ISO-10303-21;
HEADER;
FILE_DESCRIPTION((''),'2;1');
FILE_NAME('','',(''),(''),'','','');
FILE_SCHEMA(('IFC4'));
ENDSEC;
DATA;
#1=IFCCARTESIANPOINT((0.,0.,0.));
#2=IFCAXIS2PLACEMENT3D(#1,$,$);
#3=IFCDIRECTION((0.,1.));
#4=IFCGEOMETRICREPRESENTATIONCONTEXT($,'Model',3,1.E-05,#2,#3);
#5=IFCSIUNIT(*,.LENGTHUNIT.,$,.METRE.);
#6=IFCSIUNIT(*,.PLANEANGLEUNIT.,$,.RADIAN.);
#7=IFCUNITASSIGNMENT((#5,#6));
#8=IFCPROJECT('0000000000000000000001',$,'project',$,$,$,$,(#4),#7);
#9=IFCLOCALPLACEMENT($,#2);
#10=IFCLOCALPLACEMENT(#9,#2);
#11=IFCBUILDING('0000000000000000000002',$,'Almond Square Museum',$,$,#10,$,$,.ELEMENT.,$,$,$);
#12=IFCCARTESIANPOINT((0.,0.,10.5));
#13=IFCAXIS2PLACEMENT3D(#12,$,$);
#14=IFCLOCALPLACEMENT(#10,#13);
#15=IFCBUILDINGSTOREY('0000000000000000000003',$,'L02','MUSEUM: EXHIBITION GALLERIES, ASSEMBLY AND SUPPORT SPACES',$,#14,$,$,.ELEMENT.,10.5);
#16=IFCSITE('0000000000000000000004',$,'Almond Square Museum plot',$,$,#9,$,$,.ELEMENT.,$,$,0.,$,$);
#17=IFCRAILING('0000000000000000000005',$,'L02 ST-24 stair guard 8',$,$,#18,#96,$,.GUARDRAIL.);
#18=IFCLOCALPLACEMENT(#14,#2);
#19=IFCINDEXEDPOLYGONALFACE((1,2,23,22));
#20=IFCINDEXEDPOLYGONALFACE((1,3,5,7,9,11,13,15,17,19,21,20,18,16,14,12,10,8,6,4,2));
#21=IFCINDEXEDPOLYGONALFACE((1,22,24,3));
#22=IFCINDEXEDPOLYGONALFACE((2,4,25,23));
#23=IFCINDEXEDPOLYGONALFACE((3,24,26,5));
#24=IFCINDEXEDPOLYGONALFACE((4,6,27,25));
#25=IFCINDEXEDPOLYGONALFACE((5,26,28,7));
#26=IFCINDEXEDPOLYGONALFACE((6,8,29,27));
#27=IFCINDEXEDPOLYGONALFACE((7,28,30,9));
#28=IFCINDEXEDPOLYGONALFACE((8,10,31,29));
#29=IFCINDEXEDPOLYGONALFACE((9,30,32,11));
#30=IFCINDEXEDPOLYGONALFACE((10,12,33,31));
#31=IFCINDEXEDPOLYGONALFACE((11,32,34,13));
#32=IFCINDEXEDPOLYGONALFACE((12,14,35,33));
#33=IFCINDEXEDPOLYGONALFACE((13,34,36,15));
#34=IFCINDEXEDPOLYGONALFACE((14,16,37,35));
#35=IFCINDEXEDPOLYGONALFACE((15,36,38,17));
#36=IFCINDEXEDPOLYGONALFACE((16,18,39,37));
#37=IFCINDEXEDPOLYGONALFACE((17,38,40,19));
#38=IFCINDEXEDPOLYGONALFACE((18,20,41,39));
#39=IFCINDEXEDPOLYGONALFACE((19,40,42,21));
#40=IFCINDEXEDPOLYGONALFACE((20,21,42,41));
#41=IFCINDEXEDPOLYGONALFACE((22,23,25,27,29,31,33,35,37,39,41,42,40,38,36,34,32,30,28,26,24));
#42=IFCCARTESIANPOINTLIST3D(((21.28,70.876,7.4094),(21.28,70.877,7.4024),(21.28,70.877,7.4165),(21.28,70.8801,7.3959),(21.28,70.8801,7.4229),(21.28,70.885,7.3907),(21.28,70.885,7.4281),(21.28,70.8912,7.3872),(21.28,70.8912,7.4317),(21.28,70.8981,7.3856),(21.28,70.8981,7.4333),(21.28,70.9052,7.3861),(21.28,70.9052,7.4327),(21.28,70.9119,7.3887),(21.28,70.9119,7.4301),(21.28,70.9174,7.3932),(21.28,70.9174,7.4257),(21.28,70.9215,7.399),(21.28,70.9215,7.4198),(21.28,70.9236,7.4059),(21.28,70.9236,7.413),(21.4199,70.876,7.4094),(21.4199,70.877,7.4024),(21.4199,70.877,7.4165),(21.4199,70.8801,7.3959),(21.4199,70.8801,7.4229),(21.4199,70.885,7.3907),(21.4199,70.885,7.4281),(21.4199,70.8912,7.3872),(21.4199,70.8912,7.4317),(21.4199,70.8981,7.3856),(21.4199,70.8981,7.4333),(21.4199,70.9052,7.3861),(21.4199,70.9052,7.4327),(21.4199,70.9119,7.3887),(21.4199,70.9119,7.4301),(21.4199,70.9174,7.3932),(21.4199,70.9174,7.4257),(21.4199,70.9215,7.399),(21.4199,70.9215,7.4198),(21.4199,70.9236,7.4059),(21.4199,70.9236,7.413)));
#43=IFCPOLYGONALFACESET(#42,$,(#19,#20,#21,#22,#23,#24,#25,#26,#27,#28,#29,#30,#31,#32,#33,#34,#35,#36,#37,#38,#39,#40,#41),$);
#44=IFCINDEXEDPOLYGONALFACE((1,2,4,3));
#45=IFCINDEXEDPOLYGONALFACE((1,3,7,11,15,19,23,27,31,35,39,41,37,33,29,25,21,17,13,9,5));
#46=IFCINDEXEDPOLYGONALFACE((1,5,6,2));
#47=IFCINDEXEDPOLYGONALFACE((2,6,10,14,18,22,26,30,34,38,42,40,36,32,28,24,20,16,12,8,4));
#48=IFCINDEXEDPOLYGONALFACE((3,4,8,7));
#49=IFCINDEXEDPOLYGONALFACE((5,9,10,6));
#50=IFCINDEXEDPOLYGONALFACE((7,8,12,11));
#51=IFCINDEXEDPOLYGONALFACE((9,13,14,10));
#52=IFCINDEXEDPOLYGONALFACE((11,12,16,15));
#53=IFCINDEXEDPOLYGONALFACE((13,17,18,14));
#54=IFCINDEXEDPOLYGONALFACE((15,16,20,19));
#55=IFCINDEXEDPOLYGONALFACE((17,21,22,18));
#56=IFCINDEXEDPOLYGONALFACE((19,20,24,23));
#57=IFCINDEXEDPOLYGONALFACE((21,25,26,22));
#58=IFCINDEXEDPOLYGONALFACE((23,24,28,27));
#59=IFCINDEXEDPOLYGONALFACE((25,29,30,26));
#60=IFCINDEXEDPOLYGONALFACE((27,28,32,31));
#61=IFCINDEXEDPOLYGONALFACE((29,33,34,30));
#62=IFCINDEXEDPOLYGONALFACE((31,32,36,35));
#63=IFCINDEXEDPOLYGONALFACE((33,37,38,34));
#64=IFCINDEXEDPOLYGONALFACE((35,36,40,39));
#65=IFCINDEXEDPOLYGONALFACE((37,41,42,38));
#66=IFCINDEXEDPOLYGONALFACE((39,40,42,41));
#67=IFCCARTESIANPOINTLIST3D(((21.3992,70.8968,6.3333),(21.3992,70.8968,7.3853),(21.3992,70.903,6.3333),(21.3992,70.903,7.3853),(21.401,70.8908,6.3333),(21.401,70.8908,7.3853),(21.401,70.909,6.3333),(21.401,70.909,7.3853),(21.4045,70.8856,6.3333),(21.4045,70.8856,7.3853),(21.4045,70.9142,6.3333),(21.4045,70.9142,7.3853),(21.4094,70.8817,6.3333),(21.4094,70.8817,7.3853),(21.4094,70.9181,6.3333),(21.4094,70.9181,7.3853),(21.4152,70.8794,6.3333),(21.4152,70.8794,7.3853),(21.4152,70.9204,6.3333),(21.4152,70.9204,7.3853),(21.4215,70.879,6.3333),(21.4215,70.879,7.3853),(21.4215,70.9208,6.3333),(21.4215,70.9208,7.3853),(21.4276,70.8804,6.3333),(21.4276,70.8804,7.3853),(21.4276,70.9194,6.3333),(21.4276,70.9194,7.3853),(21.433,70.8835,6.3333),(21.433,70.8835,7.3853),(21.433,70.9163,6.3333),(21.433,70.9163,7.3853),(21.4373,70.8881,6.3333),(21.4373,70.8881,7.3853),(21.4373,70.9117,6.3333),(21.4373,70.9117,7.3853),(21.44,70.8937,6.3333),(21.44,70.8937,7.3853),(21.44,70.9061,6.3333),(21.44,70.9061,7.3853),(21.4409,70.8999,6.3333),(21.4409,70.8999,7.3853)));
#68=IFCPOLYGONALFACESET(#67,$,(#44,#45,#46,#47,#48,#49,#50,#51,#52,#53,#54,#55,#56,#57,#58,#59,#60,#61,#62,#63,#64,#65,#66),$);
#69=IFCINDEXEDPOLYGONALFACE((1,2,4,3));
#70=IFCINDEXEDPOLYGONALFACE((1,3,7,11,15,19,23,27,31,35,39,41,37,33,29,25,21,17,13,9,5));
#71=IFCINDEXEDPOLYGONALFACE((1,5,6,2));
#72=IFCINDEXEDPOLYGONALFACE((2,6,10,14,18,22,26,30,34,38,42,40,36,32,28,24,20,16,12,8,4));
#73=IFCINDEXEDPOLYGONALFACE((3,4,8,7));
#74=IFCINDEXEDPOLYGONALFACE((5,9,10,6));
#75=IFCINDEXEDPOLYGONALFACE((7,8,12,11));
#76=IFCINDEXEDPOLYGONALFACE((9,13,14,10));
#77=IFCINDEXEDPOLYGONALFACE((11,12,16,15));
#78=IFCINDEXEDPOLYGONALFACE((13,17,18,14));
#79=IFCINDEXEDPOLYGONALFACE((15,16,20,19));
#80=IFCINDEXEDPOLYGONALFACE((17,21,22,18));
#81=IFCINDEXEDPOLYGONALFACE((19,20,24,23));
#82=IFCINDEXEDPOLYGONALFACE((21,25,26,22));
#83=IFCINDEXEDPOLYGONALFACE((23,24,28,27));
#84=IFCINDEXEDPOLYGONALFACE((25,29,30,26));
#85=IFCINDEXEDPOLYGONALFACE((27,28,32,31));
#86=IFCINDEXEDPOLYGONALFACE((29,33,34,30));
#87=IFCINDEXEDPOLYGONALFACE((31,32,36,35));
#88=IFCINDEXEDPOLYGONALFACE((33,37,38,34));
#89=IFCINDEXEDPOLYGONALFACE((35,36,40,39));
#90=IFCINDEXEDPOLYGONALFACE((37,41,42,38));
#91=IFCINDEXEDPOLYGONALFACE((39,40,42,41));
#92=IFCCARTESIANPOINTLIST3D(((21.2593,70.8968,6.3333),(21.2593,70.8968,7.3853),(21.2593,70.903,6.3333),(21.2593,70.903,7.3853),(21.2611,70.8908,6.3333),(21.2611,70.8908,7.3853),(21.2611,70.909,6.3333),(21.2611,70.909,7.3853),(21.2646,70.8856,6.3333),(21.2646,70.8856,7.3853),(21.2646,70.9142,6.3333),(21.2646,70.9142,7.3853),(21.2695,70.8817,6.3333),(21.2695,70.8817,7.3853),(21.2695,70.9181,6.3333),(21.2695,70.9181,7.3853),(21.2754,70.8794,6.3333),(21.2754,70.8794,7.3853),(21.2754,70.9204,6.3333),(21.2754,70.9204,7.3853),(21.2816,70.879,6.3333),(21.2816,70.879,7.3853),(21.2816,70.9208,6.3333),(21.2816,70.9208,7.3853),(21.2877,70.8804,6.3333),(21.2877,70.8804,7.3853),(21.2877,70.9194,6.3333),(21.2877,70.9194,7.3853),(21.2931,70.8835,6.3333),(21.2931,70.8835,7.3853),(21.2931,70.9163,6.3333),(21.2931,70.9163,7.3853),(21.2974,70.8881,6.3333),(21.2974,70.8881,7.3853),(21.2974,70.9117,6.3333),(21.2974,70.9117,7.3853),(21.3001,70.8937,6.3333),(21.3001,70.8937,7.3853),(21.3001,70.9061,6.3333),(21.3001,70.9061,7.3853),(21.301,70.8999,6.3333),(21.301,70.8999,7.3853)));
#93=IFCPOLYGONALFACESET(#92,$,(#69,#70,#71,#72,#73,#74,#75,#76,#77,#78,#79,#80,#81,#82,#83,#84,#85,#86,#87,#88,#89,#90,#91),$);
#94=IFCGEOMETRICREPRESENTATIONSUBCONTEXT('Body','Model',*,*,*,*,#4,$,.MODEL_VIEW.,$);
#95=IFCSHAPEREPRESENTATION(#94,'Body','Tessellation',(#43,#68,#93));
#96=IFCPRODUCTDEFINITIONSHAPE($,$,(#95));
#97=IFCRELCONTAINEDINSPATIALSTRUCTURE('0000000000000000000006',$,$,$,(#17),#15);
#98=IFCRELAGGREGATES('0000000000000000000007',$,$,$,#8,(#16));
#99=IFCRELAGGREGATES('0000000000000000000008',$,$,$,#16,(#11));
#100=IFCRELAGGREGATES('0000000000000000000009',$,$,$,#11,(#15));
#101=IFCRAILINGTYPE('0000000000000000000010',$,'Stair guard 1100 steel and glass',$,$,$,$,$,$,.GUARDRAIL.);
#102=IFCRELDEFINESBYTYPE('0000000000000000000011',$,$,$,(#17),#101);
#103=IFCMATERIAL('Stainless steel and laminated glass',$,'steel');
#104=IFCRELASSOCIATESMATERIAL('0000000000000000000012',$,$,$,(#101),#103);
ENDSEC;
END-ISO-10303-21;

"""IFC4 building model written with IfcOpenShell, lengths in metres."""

from ifc_helpers import new_model, si_unit, direction, frame, origin, origin_2d, place, context, subcontext, project, spatial, circle, extrude, material, type_object, element, save


model = new_model("IFC4")

# Units and contexts
model_context = context("Model", 3, precision=1e-05, world=origin(), true_north=direction((0.0, 1.0)))
body_context = subcontext(model_context, "Body", "Model", "MODEL_VIEW")
ifc_project = project(units=[si_unit("LENGTHUNIT", "METRE"), si_unit("PLANEANGLEUNIT", "RADIAN")], contexts=[model_context])

# Site, building, storey
site_placement = place(None, origin())
site = spatial("IfcSite", under=ifc_project, at=site_placement, Name="Almond Square Museum plot", CompositionType="ELEMENT", RefElevation=0.0)
building_placement = place(site_placement, origin())
building = spatial("IfcBuilding", under=site, at=building_placement, Name="Almond Square Museum", CompositionType="ELEMENT")
storey_placement = place(building_placement, frame((0.0, 0.0, 10.5)))
storey = spatial("IfcBuildingStorey", under=building, at=storey_placement, Name="L02", Description="MUSEUM: EXHIBITION GALLERIES, ASSEMBLY AND SUPPORT SPACES", CompositionType="ELEMENT", Elevation=10.5)

# Railing
ifc_material_1 = material(Name="Stainless steel and laminated glass", Category="steel")
railing_type_1 = type_object("IfcRailingType", Name="Stair guard 1100 steel and glass", PredefinedType="GUARDRAIL", material=ifc_material_1)
railing_1_placement = place(storey_placement, frame((21.4199, 70.8999, 6.3333)))
element("IfcRailing", 1, at=railing_1_placement, inside=storey, type_object=railing_type_1, Name="L02 ST-24 stair guard 8", PredefinedType="GUARDRAIL", context=body_context, shape_type="SweptSolid", body=[
    extrude(circle(Radius=0.0239, at=origin_2d()), frame((0.0, 0.0, 1.0762), z_axis=(-1.0, 0.0, 0.0), x_axis=(0.0, -1.0, 0.0)), (0.0, 0.0, 1.0), 0.1399),
    extrude(circle(Radius=0.021, at=origin_2d()), origin(), (0.0, 0.0, 1.0), 1.052),
    extrude(circle(Radius=0.021, at=origin_2d()), frame((-0.1399, 0.0, 0.0)), (0.0, 0.0, 1.0), 1.052),
])

save(model, "model.ifc")
